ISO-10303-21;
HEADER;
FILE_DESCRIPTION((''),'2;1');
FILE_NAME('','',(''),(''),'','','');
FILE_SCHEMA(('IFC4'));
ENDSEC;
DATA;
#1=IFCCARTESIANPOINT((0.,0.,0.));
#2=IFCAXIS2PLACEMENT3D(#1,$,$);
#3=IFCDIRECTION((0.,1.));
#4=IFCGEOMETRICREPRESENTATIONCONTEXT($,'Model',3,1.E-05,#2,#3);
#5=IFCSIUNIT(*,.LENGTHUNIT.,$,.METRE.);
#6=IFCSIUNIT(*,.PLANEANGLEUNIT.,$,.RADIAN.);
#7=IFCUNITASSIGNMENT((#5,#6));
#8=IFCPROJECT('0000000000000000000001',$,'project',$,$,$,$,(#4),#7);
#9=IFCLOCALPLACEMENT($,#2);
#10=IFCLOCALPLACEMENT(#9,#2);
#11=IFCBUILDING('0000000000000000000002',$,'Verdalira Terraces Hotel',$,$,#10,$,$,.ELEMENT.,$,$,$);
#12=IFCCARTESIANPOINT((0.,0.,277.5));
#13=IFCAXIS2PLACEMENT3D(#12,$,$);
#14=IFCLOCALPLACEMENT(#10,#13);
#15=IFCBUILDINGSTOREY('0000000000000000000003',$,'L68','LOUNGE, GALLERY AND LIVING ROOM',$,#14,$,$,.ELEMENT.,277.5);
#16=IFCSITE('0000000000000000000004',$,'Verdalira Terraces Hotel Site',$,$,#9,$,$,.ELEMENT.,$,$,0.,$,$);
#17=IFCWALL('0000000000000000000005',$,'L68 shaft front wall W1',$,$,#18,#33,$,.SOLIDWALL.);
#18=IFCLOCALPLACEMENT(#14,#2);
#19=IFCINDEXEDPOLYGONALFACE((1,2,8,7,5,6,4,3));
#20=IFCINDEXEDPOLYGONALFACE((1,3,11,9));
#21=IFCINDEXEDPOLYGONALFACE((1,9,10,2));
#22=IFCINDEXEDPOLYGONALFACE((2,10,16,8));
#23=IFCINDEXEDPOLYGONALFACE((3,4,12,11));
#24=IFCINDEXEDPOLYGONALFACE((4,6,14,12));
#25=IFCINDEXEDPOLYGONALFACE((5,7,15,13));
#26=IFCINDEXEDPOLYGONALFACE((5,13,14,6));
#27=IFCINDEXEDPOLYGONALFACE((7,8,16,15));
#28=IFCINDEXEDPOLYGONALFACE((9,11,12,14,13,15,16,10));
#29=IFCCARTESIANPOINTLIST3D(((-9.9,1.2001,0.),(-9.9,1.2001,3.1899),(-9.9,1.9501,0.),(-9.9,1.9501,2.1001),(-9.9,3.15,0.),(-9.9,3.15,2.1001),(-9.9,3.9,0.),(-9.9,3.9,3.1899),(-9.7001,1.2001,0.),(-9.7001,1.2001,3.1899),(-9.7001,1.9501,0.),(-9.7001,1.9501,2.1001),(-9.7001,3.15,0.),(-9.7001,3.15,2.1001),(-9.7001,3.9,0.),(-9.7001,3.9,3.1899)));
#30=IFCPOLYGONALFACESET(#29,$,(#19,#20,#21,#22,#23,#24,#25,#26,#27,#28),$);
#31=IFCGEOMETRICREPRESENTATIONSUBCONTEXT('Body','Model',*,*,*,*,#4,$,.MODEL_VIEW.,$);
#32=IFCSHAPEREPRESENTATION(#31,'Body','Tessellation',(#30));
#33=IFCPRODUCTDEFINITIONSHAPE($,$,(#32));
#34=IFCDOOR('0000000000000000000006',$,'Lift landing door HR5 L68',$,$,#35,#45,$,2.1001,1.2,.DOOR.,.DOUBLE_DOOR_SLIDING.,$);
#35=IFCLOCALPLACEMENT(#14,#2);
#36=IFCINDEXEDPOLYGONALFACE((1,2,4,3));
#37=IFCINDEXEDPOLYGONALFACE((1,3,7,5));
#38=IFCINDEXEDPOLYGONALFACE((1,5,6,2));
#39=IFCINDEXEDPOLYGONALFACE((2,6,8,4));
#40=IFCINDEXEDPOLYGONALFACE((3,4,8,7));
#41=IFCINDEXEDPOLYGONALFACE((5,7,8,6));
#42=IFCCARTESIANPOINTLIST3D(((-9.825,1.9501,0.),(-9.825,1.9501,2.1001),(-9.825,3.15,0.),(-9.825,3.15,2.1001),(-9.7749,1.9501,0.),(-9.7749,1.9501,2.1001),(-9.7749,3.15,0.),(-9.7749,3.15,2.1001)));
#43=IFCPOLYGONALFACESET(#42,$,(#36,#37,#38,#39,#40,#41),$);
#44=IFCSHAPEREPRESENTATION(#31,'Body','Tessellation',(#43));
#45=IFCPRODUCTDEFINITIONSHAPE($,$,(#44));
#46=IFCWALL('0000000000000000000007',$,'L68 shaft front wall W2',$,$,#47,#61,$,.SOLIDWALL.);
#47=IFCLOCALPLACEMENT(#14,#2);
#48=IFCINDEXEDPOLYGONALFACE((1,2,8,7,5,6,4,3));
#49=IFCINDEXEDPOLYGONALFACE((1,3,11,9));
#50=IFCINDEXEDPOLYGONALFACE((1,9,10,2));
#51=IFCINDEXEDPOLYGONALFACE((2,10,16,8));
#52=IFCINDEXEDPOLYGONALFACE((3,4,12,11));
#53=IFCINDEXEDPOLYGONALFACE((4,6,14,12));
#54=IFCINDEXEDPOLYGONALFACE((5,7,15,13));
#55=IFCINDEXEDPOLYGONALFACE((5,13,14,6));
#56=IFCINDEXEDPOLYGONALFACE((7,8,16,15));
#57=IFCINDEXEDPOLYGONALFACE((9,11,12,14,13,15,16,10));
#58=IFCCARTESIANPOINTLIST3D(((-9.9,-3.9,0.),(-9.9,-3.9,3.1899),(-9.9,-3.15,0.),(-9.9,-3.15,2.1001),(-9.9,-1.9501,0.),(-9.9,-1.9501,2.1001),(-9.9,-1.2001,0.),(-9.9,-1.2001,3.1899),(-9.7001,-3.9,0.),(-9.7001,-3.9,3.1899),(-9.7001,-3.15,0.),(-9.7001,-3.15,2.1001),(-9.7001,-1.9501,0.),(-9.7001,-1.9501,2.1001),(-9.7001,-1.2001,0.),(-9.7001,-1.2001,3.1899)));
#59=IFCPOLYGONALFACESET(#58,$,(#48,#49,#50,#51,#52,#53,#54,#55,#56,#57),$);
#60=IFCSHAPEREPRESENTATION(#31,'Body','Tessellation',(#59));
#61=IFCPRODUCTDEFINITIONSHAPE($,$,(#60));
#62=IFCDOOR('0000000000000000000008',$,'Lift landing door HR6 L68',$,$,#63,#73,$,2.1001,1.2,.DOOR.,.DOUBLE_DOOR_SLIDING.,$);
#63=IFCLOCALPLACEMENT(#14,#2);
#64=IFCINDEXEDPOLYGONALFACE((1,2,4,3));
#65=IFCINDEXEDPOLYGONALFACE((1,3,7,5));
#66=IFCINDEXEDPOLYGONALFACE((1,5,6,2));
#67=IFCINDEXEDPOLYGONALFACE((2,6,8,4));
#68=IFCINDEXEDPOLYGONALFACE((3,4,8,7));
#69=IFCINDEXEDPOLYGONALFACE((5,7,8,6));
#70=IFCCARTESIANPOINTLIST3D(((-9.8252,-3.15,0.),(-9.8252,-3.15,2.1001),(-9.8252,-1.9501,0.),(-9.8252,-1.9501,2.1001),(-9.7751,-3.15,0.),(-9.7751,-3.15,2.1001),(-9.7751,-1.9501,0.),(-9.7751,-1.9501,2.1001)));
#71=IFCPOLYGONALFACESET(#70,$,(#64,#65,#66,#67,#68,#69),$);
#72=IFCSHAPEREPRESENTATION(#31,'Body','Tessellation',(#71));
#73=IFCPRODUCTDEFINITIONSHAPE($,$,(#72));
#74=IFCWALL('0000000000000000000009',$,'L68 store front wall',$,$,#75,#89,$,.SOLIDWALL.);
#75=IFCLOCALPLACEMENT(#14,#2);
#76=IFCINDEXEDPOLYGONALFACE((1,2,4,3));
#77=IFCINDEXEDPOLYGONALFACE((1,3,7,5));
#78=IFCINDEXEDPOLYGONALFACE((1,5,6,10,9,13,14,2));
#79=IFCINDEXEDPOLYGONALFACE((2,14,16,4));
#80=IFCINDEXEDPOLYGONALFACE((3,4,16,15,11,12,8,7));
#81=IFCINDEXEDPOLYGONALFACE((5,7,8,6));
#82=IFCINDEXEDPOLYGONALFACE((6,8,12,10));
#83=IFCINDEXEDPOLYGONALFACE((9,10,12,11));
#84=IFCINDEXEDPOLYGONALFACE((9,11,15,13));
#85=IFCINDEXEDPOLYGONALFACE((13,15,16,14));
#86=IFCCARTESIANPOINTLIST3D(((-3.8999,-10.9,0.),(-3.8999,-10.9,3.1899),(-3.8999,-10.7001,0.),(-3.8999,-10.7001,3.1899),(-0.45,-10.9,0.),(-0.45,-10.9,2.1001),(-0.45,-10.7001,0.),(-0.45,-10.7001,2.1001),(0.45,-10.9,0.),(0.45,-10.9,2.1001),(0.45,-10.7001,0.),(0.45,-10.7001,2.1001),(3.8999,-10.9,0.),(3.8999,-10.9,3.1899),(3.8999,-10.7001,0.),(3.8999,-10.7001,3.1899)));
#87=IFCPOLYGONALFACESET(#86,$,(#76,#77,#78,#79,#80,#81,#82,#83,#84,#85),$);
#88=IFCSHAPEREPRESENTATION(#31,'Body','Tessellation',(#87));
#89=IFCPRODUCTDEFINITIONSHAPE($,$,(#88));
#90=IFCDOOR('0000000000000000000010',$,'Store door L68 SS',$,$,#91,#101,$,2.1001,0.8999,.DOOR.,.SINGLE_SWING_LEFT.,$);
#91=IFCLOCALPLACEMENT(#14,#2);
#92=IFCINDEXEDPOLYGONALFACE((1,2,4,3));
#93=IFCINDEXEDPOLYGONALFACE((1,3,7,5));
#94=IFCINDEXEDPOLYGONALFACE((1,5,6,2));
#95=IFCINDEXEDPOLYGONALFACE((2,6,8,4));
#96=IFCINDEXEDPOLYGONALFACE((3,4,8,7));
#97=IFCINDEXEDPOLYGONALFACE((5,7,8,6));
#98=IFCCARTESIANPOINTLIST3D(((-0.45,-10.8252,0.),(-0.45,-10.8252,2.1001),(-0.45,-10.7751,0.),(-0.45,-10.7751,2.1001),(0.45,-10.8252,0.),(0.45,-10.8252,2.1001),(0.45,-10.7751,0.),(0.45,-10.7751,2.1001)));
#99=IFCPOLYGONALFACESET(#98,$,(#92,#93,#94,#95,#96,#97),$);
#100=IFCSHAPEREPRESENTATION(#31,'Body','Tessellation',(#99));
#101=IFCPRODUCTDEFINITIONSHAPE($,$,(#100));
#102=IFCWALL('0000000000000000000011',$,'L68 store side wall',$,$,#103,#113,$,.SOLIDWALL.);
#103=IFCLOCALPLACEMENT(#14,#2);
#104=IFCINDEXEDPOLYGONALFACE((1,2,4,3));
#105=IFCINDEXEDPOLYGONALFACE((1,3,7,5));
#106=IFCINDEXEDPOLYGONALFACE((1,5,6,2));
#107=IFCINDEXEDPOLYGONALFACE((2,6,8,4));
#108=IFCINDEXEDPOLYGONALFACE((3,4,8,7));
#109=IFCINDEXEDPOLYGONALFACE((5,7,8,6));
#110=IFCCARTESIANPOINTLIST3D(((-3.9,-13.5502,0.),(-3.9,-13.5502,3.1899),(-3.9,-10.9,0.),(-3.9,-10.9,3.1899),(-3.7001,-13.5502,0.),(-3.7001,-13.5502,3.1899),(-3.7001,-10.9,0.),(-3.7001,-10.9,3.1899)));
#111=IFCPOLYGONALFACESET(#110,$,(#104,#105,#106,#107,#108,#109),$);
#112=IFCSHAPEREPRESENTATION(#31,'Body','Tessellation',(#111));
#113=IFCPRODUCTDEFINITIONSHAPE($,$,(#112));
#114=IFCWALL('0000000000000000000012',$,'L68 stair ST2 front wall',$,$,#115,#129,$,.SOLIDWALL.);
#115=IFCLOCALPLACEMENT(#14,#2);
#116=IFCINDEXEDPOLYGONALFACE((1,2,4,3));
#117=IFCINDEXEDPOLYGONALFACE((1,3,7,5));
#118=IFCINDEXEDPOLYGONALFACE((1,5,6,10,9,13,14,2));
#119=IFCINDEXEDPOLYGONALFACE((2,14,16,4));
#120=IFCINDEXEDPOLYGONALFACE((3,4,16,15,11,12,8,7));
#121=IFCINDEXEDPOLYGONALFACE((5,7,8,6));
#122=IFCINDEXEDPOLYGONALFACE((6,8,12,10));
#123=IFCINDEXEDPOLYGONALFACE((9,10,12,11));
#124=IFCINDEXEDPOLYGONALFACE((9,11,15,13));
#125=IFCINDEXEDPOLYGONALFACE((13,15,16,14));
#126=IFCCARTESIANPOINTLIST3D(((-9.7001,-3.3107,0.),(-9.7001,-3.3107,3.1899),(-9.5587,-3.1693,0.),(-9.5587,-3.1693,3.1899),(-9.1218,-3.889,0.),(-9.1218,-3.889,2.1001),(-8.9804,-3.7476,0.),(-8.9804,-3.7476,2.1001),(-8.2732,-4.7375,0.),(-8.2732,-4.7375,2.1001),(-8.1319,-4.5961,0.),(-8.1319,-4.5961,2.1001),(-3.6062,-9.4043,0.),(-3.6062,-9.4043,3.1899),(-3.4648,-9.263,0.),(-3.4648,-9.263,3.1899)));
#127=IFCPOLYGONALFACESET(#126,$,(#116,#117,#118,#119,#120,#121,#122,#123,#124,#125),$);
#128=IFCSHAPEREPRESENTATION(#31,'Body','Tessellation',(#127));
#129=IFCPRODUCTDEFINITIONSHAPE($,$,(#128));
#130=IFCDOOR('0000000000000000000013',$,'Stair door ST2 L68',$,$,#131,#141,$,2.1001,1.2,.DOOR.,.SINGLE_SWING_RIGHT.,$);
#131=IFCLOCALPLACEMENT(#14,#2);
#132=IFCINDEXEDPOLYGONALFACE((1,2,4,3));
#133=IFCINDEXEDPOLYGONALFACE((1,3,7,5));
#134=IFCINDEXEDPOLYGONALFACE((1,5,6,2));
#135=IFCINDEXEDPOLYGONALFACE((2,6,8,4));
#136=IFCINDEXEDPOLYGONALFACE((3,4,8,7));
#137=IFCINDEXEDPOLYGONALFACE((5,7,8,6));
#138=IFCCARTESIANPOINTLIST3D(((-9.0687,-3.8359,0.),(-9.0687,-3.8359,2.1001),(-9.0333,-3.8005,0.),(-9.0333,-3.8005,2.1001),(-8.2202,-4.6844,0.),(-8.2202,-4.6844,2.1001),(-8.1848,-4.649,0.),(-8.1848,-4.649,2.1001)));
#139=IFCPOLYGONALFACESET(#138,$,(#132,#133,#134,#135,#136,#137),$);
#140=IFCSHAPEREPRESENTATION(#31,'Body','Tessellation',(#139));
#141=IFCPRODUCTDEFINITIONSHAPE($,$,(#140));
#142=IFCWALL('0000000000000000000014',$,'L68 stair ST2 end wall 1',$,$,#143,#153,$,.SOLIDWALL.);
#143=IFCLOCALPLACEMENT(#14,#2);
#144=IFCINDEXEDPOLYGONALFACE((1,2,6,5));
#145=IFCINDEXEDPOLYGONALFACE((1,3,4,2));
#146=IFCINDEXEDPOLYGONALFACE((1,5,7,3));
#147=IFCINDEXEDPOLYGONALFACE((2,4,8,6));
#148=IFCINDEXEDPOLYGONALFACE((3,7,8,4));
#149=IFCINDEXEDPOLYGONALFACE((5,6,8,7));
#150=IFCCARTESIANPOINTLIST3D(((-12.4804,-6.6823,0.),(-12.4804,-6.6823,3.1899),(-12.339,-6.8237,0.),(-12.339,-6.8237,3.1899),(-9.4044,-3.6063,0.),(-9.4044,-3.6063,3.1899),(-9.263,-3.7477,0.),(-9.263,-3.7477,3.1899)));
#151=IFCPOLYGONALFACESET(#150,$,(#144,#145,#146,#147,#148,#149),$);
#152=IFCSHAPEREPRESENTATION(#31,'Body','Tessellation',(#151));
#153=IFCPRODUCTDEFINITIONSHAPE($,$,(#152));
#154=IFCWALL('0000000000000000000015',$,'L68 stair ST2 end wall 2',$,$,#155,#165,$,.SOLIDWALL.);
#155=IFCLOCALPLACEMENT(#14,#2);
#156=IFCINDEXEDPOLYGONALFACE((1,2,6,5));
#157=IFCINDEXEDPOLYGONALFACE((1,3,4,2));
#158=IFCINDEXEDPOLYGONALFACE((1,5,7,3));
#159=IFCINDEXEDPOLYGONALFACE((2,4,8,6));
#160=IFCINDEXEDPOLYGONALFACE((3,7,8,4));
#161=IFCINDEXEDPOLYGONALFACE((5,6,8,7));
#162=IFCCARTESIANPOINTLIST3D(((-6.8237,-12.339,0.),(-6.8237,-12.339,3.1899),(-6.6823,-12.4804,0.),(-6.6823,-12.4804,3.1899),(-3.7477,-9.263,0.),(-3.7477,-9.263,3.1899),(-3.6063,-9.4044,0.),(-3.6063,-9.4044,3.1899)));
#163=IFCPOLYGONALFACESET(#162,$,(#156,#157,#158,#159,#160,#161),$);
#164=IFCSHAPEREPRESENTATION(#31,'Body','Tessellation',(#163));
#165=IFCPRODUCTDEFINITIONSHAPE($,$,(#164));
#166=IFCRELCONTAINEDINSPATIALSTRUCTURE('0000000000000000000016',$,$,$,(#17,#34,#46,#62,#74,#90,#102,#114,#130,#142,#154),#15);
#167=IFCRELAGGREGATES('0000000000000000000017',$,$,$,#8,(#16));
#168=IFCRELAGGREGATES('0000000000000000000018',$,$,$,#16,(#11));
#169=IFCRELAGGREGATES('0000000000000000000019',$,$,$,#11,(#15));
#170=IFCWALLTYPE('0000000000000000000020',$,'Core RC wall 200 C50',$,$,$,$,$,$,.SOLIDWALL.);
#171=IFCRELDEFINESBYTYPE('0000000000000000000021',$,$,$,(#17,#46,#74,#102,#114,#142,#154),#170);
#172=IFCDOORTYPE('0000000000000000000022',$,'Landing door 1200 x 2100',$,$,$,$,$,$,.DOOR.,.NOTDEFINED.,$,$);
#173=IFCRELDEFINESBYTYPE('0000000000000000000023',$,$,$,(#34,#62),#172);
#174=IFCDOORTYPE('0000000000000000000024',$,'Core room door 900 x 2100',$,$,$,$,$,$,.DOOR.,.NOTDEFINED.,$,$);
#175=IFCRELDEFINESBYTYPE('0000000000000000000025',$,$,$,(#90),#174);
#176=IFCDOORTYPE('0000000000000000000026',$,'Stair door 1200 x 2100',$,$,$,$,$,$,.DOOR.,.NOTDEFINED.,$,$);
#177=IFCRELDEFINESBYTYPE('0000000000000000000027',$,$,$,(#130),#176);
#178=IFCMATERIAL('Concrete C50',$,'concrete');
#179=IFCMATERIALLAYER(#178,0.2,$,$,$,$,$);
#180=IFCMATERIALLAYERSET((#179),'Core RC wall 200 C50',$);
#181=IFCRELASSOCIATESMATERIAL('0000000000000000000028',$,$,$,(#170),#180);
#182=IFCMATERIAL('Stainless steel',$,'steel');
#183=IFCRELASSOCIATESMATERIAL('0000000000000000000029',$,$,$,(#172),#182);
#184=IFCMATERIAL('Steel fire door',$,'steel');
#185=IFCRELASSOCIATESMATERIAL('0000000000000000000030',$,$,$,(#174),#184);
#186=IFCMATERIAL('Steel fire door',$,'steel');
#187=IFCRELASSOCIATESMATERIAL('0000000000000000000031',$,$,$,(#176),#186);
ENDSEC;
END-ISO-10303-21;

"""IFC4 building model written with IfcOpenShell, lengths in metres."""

from ifc_helpers import new_model, si_unit, direction, frame, frame_2d, origin, place, context, subcontext, project, spatial, rectangle, extrude, material, layer, layer_set, type_object, element, fill, save


model = new_model("IFC4")

# Units and contexts
model_context = context("Model", 3, precision=1e-05, world=origin(), true_north=direction((0.0, 1.0)))
body_context = subcontext(model_context, "Body", "Model", "MODEL_VIEW")
ifc_project = project(units=[si_unit("LENGTHUNIT", "METRE"), si_unit("PLANEANGLEUNIT", "RADIAN")], contexts=[model_context])

# Site, building, storey
site_placement = place(None, origin())
site = spatial("IfcSite", under=ifc_project, at=site_placement, Name="Verdalira Terraces Hotel Site", CompositionType="ELEMENT", RefElevation=0.0)
building_placement = place(site_placement, origin())
building = spatial("IfcBuilding", under=site, at=building_placement, Name="Verdalira Terraces Hotel", CompositionType="ELEMENT")
storey_placement = place(building_placement, frame((0.0, 0.0, 277.5)))
storey = spatial("IfcBuildingStorey", under=building, at=storey_placement, Name="L68", Description="LOUNGE, GALLERY AND LIVING ROOM", CompositionType="ELEMENT", Elevation=277.5)

# Walls, openings, doors
ifc_material_1 = material(Name="Concrete C50", Category="concrete")
ifc_layer_1 = layer(ifc_material_1, 0.2)
ifc_layer_set_1 = layer_set([ifc_layer_1], Name="Core RC wall 200 C50")
wall_type_1 = type_object("IfcWallType", Name="Core RC wall 200 C50", PredefinedType="SOLIDWALL", material=ifc_layer_set_1)
wall_1_placement = place(storey_placement, frame((-9.8, 1.2, 0.0), z_axis=(0.0, 0.0, 1.0), x_axis=(0.0, 1.0, 0.0)))
wall_1 = element("IfcWall", 1, at=wall_1_placement, inside=storey, type_object=wall_type_1, Name="L68 shaft front wall W1", PredefinedType="SOLIDWALL", context=body_context, shape_type="SweptSolid", body=[
    extrude(rectangle(XDim=2.7, YDim=0.2, at=frame_2d((1.3501, 0.0))), origin(), (0.0, 0.0, 1.0), 3.1899),
])
opening_1_placement = place(wall_1_placement, frame((0.75, 0.0, 0.0)))
opening_1 = element("IfcOpeningElement", 2, at=opening_1_placement, cuts=wall_1, PredefinedType="OPENING", context=body_context, shape_type="SweptSolid", body=[
    extrude(rectangle(XDim=1.2, YDim=2.1001, at=frame_2d((0.6001, 1.05))), frame((0.0, 0.1099, 0.0), z_axis=(0.0, -1.0, 0.0), x_axis=(1.0, 0.0, 0.0)), (0.0, 0.0, 1.0), 0.22),
])
ifc_material_2 = material(Name="Stainless steel", Category="steel")
door_type_1 = type_object("IfcDoorType", Name="Landing door 1200 x 2100", OperationType="NOTDEFINED", PredefinedType="DOOR", material=ifc_material_2)
door_1_placement = place(opening_1_placement, origin())
door_1 = element("IfcDoor", 3, at=door_1_placement, inside=storey, type_object=door_type_1, Name="Lift landing door HR5 L68", OperationType="DOUBLE_DOOR_SLIDING", OverallHeight=2.1001, OverallWidth=1.2, PredefinedType="DOOR", context=body_context, shape_type="SweptSolid", body=[
    extrude(rectangle(XDim=1.2, YDim=2.1001, at=frame_2d((0.6001, 1.05))), frame((0.0, 0.0249, 0.0), z_axis=(0.0, -1.0, 0.0), x_axis=(1.0, 0.0, 0.0)), (0.0, 0.0, 1.0), 0.05),
])
fill(opening_1, door_1)
wall_2_placement = place(storey_placement, frame((-9.8, -1.2, 0.0), z_axis=(0.0, 0.0, 1.0), x_axis=(0.0, -1.0, 0.0)))
wall_2 = element("IfcWall", 4, at=wall_2_placement, inside=storey, type_object=wall_type_1, Name="L68 shaft front wall W2", PredefinedType="SOLIDWALL", context=body_context, shape_type="SweptSolid", body=[
    extrude(rectangle(XDim=2.7, YDim=0.2, at=frame_2d((1.3501, 0.0))), origin(), (0.0, 0.0, 1.0), 3.1899),
])
opening_2_placement = place(wall_2_placement, frame((0.75, 0.0, 0.0)))
opening_2 = element("IfcOpeningElement", 5, at=opening_2_placement, cuts=wall_2, PredefinedType="OPENING", context=body_context, shape_type="SweptSolid", body=[
    extrude(rectangle(XDim=1.2, YDim=2.1001, at=frame_2d((0.6001, 1.05))), frame((0.0, 0.1099, 0.0), z_axis=(0.0, -1.0, 0.0), x_axis=(1.0, 0.0, 0.0)), (0.0, 0.0, 1.0), 0.22),
])
door_2_placement = place(opening_2_placement, origin())
door_2 = element("IfcDoor", 6, at=door_2_placement, inside=storey, type_object=door_type_1, Name="Lift landing door HR6 L68", OperationType="DOUBLE_DOOR_SLIDING", OverallHeight=2.1001, OverallWidth=1.2, PredefinedType="DOOR", context=body_context, shape_type="SweptSolid", body=[
    extrude(rectangle(XDim=1.2, YDim=2.1001, at=frame_2d((0.6001, 1.05))), frame((0.0, 0.0249, 0.0), z_axis=(0.0, -1.0, 0.0), x_axis=(1.0, 0.0, 0.0)), (0.0, 0.0, 1.0), 0.05),
])
fill(opening_2, door_2)
wall_3_placement = place(storey_placement, frame((-3.8999, -10.8, 0.0), z_axis=(0.0, 0.0, 1.0), x_axis=(1.0, 0.0, 0.0)))
wall_3 = element("IfcWall", 7, at=wall_3_placement, inside=storey, type_object=wall_type_1, Name="L68 store front wall", PredefinedType="SOLIDWALL", context=body_context, shape_type="SweptSolid", body=[
    extrude(rectangle(XDim=7.7998, YDim=0.2, at=frame_2d((3.8999, 0.0))), origin(), (0.0, 0.0, 1.0), 3.1899),
])
opening_3_placement = place(wall_3_placement, frame((3.45, 0.0, 0.0)))
opening_3 = element("IfcOpeningElement", 8, at=opening_3_placement, cuts=wall_3, PredefinedType="OPENING", context=body_context, shape_type="SweptSolid", body=[
    extrude(rectangle(XDim=0.8999, YDim=2.1001, at=frame_2d((0.45, 1.05))), frame((0.0, 0.1099, 0.0), z_axis=(0.0, -1.0, 0.0), x_axis=(1.0, 0.0, 0.0)), (0.0, 0.0, 1.0), 0.22),
])
ifc_material_3 = material(Name="Steel fire door", Category="steel")
door_type_2 = type_object("IfcDoorType", Name="Core room door 900 x 2100", OperationType="NOTDEFINED", PredefinedType="DOOR", material=ifc_material_3)
door_3_placement = place(opening_3_placement, origin())
door_3 = element("IfcDoor", 9, at=door_3_placement, inside=storey, type_object=door_type_2, Name="Store door L68 SS", OperationType="SINGLE_SWING_LEFT", OverallHeight=2.1001, OverallWidth=0.8999, PredefinedType="DOOR", context=body_context, shape_type="SweptSolid", body=[
    extrude(rectangle(XDim=0.8999, YDim=2.1001, at=frame_2d((0.45, 1.05))), frame((0.0, 0.0249, 0.0), z_axis=(0.0, -1.0, 0.0), x_axis=(1.0, 0.0, 0.0)), (0.0, 0.0, 1.0), 0.05),
])
fill(opening_3, door_3)

# Wall
wall_4_placement = place(storey_placement, frame((-3.8, -10.8999, 0.0), z_axis=(0.0, 0.0, 1.0), x_axis=(0.0, -1.0, 0.0)))
element("IfcWall", 10, at=wall_4_placement, inside=storey, type_object=wall_type_1, Name="L68 store side wall", PredefinedType="SOLIDWALL", context=body_context, shape_type="SweptSolid", body=[
    extrude(rectangle(XDim=2.6501, YDim=0.2, at=frame_2d((1.3252, 0.0))), origin(), (0.0, 0.0, 1.0), 3.1899),
])

# Wall, opening, door
wall_5_placement = place(storey_placement, frame((-3.5354, -9.3337, 0.0), z_axis=(0.0, 0.0, 1.0), x_axis=(-0.707121, 0.707093, 0.0)))
wall_5 = element("IfcWall", 11, at=wall_5_placement, inside=storey, type_object=wall_type_1, Name="L68 stair ST2 front wall", PredefinedType="SOLIDWALL", context=body_context, shape_type="SweptSolid", body=[
    extrude(rectangle(XDim=8.6179, YDim=0.2, at=frame_2d((4.3091, 0.0))), origin(), (0.0, 0.0, 1.0), 3.1899),
])
opening_4_placement = place(wall_5_placement, frame((6.6001, 0.0, 0.0)))
opening_4 = element("IfcOpeningElement", 12, at=opening_4_placement, cuts=wall_5, PredefinedType="OPENING", context=body_context, shape_type="SweptSolid", body=[
    extrude(rectangle(XDim=1.2, YDim=2.1001, at=frame_2d((0.6001, 1.05))), frame((0.0, 0.1099, 0.0), z_axis=(0.0, -1.0, 0.0), x_axis=(1.0, 0.0, 0.0)), (0.0, 0.0, 1.0), 0.22),
])
ifc_material_4 = material(Name="Steel fire door", Category="steel")
door_type_3 = type_object("IfcDoorType", Name="Stair door 1200 x 2100", OperationType="NOTDEFINED", PredefinedType="DOOR", material=ifc_material_4)
door_4_placement = place(opening_4_placement, origin())
door_4 = element("IfcDoor", 13, at=door_4_placement, inside=storey, type_object=door_type_3, Name="Stair door ST2 L68", OperationType="SINGLE_SWING_RIGHT", OverallHeight=2.1001, OverallWidth=1.2, PredefinedType="DOOR", context=body_context, shape_type="SweptSolid", body=[
    extrude(rectangle(XDim=1.2, YDim=2.1001, at=frame_2d((0.6001, 1.05))), frame((0.0, 0.0249, 0.0), z_axis=(0.0, -1.0, 0.0), x_axis=(1.0, 0.0, 0.0)), (0.0, 0.0, 1.0), 0.05),
])
fill(opening_4, door_4)

# Walls
for number, where, z_axis, x_axis, name in (
    (14, (-9.3337, -3.677, 0.0), (0.0, 0.0, 1.0), (-0.707107, -0.707107, 0.0), "L68 stair ST2 end wall 1"),
    (15, (-3.677, -9.3337, 0.0), (0.0, 0.0, 1.0), (-0.707107, -0.707107, 0.0), "L68 stair ST2 end wall 2"),
):
    element("IfcWall", number, at=place(storey_placement, frame(where, z_axis=z_axis, x_axis=x_axis)), inside=storey, type_object=wall_type_1, Name=name, PredefinedType="SOLIDWALL", context=body_context, shape_type="SweptSolid", body=[
        extrude(rectangle(XDim=4.3501, YDim=0.2, at=frame_2d((2.175, 0.0))), origin(), (0.0, 0.0, 1.0), 3.1899),
    ])

save(model, "model.ifc")
